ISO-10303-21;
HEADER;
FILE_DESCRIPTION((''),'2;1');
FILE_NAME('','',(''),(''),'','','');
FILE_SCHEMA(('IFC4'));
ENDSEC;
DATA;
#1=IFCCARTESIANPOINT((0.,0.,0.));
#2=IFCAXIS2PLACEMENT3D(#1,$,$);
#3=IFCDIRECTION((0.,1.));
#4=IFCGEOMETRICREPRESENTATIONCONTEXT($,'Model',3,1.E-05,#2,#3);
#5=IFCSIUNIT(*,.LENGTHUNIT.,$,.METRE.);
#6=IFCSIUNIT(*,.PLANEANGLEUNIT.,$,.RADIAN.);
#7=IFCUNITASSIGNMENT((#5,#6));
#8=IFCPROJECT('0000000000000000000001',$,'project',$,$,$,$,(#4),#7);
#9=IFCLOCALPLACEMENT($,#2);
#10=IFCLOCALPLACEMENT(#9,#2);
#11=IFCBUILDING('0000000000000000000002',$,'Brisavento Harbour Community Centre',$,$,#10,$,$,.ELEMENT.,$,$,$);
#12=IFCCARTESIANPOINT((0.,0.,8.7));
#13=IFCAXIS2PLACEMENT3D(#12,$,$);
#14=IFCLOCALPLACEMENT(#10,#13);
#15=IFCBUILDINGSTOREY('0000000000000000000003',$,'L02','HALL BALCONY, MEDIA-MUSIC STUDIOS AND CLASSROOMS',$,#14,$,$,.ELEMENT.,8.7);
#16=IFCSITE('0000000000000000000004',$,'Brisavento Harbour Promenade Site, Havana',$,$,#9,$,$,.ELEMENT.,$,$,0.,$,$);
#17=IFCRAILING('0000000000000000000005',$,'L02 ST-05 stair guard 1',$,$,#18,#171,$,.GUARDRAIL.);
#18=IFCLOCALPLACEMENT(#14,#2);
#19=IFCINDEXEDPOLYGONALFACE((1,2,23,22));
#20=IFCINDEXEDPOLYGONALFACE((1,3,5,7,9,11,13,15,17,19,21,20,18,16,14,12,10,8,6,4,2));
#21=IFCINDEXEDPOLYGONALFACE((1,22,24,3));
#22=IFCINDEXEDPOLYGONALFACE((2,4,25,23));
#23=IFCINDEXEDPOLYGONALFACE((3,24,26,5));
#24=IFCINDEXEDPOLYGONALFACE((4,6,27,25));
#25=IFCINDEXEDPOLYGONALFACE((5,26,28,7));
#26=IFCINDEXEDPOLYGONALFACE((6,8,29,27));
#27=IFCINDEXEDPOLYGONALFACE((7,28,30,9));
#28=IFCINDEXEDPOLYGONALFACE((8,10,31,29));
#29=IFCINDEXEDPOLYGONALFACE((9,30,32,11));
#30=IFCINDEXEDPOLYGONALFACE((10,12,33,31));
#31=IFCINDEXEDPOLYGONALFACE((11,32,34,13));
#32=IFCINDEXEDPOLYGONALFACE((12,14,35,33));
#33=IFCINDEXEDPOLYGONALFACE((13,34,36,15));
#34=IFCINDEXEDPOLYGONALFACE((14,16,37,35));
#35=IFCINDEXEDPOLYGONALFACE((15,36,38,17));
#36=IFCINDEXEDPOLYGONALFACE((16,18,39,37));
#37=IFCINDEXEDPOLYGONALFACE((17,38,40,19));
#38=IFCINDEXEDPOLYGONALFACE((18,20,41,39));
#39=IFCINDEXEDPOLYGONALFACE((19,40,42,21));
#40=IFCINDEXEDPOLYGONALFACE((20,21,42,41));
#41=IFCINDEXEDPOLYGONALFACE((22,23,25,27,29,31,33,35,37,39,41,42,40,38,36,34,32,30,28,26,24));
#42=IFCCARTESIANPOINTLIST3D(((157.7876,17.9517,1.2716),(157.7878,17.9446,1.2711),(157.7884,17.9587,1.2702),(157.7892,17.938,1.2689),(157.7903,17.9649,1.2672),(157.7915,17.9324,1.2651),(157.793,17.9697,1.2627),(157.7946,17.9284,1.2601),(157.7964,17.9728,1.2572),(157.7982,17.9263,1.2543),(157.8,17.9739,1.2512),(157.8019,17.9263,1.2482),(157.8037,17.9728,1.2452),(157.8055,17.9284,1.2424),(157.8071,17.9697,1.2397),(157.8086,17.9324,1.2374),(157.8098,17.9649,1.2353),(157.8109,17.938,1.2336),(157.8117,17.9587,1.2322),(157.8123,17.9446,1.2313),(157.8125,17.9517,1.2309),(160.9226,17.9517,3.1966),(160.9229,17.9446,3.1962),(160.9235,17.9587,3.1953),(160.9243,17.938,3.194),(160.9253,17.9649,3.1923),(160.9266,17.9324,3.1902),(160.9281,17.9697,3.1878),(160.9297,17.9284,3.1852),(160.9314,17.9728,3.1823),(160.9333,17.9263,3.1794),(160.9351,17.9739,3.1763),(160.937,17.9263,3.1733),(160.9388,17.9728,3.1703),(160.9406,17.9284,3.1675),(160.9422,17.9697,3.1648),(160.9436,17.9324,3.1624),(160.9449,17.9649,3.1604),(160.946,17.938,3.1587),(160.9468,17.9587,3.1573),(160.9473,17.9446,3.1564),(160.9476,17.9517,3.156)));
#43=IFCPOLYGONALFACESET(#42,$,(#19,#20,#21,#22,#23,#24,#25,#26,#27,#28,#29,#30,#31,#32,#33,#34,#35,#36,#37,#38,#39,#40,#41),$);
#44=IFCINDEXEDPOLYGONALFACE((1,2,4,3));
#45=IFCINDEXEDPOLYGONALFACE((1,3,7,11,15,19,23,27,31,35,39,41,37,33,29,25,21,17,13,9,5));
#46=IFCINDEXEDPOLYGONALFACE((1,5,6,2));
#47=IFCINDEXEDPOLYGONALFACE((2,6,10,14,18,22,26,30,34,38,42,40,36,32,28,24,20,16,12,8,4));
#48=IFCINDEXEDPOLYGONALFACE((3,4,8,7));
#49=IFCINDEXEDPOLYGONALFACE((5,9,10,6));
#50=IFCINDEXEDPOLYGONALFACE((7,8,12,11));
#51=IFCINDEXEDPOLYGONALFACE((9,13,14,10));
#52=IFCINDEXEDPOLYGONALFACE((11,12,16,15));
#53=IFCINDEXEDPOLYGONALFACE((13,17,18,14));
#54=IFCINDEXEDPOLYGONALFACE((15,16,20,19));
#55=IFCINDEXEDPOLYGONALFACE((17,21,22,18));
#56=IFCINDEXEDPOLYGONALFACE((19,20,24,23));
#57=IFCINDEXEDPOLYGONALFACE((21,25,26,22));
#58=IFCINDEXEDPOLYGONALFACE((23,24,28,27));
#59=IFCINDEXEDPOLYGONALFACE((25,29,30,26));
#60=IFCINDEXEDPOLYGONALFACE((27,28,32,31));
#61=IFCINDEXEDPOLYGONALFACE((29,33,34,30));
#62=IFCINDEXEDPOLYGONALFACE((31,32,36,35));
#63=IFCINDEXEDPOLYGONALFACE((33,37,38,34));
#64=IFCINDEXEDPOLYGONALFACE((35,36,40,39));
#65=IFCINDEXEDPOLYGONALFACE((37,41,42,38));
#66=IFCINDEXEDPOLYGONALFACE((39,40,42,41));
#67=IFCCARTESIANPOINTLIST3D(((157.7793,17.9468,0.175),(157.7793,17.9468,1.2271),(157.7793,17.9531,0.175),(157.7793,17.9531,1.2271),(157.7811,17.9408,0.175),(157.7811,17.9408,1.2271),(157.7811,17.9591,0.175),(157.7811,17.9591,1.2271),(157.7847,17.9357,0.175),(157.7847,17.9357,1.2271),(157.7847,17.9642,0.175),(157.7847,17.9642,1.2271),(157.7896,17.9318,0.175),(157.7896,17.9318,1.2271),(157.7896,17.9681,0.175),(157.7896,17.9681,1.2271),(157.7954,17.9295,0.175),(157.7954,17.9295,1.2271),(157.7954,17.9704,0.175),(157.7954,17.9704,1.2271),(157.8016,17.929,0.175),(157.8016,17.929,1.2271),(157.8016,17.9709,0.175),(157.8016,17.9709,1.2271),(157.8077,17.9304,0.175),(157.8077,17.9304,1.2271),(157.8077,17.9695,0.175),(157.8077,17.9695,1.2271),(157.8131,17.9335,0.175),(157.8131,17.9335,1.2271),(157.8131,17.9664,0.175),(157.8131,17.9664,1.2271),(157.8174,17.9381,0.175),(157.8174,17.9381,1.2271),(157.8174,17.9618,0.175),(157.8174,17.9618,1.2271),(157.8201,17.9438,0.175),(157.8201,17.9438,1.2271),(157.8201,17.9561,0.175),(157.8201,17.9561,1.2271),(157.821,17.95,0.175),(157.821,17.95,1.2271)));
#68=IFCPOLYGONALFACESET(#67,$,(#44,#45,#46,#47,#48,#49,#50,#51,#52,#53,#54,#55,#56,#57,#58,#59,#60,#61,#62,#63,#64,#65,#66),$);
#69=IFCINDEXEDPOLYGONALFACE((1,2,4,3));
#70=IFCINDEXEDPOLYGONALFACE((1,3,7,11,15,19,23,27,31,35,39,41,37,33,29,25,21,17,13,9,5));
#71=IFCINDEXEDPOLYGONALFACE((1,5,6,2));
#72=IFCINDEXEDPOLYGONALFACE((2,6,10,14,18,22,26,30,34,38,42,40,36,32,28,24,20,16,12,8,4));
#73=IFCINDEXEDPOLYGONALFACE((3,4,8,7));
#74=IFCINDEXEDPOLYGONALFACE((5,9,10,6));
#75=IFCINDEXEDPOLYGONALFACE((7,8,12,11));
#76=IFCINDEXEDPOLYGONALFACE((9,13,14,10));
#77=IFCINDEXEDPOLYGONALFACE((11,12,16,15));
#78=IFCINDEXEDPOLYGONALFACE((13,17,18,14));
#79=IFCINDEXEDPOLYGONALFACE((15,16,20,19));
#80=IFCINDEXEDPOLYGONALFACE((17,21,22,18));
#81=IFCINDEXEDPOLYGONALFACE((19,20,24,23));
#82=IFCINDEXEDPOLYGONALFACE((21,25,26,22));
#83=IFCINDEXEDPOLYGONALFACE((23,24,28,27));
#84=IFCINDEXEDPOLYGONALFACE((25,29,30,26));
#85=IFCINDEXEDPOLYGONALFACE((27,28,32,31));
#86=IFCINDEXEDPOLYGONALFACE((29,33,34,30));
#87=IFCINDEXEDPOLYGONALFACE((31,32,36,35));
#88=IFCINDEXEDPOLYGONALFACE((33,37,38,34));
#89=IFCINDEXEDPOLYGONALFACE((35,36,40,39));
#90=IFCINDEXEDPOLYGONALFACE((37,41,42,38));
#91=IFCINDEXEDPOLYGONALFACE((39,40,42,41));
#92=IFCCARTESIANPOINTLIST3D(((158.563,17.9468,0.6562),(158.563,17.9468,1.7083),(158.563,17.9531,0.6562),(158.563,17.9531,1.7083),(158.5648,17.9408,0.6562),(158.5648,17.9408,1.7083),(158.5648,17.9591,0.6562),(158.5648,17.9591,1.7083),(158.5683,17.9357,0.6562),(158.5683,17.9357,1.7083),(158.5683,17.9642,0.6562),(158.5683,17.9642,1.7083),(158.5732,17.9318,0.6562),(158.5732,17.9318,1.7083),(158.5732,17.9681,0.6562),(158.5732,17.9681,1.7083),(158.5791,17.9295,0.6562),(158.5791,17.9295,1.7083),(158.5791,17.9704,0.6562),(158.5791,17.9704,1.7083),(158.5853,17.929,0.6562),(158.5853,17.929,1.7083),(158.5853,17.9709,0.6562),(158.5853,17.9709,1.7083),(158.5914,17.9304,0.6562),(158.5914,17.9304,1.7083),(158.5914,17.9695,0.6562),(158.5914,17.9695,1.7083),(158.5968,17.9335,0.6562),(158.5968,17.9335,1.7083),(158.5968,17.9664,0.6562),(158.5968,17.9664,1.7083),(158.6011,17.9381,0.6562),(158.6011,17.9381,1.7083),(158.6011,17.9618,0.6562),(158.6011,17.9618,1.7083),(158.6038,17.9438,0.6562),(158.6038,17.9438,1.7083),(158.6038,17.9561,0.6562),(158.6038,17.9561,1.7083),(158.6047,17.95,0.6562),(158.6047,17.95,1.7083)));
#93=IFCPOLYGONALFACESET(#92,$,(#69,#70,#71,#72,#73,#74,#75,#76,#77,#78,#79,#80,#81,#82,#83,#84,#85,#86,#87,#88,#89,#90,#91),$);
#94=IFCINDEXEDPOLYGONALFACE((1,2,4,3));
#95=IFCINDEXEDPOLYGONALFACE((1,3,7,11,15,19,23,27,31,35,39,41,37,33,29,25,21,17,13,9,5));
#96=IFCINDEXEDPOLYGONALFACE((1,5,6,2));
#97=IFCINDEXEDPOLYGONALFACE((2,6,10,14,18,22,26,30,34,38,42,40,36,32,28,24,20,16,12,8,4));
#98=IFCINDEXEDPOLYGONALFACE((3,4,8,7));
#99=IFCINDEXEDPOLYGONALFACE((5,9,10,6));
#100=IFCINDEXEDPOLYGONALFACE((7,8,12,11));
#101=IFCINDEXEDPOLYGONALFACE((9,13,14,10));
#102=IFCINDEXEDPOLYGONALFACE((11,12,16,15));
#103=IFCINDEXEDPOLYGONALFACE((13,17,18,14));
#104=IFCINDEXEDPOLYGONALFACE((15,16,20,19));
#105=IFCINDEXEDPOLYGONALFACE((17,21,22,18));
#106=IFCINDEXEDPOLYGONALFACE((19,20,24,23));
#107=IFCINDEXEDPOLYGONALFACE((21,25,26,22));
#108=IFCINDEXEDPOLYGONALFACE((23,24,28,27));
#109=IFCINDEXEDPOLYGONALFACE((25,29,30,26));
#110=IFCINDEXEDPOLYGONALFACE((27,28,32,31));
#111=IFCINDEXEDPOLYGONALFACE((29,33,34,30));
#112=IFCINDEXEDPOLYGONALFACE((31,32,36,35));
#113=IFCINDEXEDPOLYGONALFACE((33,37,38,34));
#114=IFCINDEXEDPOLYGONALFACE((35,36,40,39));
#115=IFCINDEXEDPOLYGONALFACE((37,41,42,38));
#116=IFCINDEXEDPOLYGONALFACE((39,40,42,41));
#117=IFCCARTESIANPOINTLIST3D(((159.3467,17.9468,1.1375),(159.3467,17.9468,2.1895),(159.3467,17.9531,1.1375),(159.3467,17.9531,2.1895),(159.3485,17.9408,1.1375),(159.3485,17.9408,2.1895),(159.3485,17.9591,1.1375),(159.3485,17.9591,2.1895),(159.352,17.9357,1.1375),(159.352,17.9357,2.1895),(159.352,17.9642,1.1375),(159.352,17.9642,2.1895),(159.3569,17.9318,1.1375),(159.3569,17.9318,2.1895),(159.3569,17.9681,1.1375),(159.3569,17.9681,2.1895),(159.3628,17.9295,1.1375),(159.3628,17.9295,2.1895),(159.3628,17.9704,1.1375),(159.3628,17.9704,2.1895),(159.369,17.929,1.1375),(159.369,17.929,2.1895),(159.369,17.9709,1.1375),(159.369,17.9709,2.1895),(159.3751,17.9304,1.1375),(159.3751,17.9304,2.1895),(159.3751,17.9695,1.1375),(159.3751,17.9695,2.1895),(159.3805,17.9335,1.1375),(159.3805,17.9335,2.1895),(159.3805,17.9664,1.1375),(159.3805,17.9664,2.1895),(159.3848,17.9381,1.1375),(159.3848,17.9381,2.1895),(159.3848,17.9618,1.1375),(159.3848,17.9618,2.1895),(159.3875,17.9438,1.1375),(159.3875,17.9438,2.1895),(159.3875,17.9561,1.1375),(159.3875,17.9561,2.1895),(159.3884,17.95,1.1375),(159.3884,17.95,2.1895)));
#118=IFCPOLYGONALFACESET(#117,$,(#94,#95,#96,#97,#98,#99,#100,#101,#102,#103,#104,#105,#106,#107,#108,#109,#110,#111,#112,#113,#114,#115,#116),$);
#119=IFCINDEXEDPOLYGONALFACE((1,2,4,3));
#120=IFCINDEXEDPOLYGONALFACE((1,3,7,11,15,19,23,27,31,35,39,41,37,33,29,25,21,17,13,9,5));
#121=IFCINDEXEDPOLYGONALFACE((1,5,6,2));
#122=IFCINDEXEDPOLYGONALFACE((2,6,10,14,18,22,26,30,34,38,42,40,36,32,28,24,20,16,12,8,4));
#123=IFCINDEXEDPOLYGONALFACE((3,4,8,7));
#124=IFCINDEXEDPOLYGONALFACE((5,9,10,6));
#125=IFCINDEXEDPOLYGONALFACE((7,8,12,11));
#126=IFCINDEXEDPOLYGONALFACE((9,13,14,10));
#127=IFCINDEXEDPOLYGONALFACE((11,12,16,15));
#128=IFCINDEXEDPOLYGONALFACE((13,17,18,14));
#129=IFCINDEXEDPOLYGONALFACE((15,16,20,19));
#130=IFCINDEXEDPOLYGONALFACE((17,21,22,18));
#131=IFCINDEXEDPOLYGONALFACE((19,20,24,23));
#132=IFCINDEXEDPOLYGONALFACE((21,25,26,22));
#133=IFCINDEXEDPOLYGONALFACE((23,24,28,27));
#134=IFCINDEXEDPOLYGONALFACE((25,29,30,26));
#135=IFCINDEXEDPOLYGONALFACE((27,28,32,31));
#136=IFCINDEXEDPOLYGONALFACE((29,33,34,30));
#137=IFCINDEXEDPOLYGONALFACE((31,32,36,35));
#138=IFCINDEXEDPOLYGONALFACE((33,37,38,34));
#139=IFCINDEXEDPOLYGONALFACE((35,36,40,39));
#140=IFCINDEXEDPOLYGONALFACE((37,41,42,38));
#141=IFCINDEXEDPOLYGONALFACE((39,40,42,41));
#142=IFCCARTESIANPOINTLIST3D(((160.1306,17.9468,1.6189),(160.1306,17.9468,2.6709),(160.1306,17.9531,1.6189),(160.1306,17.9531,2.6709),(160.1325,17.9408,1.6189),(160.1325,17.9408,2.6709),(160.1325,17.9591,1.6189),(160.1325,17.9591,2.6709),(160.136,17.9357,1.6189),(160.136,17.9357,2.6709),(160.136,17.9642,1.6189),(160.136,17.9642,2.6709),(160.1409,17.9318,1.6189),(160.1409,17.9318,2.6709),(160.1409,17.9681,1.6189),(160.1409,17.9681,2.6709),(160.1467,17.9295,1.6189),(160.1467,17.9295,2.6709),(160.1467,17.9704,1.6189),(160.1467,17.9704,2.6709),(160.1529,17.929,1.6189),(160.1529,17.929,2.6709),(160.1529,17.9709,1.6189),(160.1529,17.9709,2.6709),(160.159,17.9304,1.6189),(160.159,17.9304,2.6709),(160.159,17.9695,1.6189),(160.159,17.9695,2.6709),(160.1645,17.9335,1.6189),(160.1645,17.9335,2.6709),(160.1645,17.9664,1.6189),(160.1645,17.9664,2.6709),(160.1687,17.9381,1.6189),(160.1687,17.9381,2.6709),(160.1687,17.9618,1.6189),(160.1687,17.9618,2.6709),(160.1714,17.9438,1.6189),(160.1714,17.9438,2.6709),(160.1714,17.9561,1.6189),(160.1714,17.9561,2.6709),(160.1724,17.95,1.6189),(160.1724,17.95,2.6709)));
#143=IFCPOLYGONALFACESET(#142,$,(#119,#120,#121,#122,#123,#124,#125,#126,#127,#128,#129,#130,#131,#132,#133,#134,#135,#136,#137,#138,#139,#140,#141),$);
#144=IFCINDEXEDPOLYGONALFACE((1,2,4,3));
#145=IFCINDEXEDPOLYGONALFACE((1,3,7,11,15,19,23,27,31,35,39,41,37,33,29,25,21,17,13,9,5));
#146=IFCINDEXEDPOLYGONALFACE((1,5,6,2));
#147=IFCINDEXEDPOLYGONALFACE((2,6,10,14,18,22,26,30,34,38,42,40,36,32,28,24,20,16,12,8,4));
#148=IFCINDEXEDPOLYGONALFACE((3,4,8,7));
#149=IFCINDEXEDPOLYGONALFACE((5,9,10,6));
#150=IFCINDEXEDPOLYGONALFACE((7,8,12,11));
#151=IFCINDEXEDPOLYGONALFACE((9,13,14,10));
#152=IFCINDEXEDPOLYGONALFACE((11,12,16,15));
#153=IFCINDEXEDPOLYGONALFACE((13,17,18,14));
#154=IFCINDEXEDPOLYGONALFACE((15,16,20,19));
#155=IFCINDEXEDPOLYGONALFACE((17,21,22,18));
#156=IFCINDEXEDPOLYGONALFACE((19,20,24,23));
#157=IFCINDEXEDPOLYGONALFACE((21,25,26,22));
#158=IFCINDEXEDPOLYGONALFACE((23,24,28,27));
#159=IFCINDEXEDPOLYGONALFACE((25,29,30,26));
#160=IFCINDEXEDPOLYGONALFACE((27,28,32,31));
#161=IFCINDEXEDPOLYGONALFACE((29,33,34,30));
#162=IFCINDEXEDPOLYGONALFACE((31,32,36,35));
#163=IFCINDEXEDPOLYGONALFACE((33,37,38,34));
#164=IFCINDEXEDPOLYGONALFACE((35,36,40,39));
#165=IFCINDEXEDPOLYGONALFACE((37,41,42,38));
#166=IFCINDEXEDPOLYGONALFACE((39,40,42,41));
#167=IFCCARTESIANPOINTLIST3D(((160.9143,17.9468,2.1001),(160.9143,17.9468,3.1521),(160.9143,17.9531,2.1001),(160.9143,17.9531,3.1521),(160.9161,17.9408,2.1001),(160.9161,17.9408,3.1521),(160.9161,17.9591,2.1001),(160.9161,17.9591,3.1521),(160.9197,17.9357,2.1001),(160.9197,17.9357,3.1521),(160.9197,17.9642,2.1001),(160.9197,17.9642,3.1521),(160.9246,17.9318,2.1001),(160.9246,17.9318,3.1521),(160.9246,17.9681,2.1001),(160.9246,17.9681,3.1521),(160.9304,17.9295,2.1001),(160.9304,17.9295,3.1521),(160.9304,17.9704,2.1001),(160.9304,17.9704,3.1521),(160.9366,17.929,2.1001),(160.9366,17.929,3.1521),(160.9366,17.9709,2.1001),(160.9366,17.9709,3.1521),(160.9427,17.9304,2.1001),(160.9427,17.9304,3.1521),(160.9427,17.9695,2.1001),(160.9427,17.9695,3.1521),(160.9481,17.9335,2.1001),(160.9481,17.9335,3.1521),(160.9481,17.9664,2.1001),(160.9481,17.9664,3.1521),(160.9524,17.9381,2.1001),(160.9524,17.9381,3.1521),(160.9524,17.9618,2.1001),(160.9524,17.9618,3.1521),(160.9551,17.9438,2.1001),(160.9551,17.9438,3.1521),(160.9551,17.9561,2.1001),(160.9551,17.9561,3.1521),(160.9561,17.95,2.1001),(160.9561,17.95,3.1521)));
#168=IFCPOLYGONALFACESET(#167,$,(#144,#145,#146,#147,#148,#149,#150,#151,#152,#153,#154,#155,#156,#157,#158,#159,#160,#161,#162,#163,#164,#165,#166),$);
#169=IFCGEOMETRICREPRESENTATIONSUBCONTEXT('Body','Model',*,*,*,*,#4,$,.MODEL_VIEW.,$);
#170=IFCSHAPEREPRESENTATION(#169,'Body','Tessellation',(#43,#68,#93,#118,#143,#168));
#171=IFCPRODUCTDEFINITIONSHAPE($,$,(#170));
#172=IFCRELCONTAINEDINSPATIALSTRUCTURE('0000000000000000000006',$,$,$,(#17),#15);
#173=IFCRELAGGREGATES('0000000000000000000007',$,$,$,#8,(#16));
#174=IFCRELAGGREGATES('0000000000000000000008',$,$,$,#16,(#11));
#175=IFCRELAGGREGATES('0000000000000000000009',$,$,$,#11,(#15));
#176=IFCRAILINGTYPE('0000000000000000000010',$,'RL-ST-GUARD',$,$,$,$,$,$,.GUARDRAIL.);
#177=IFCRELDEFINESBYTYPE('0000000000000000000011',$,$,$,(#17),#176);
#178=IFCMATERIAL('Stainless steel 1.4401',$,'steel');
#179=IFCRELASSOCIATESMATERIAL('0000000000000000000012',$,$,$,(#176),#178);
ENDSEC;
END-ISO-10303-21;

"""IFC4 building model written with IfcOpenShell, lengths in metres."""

from ifc_helpers import new_model, si_unit, direction, frame, origin, origin_2d, place, context, subcontext, project, spatial, circle, extrude, material, type_object, element, save


model = new_model("IFC4")

# Units and contexts
model_context = context("Model", 3, precision=1e-05, world=origin(), true_north=direction((0.0, 1.0)))
body_context = subcontext(model_context, "Body", "Model", "MODEL_VIEW")
ifc_project = project(units=[si_unit("LENGTHUNIT", "METRE"), si_unit("PLANEANGLEUNIT", "RADIAN")], contexts=[model_context])

# Site, building, storey
site_placement = place(None, origin())
site = spatial("IfcSite", under=ifc_project, at=site_placement, Name="Brisavento Harbour Promenade Site, Havana", CompositionType="ELEMENT", RefElevation=0.0)
building_placement = place(site_placement, origin())
building = spatial("IfcBuilding", under=site, at=building_placement, Name="Brisavento Harbour Community Centre", CompositionType="ELEMENT")
storey_placement = place(building_placement, frame((0.0, 0.0, 8.7)))
storey = spatial("IfcBuildingStorey", under=building, at=storey_placement, Name="L02", Description="HALL BALCONY, MEDIA-MUSIC STUDIOS AND CLASSROOMS", CompositionType="ELEMENT", Elevation=8.7)

# Railing
ifc_material_1 = material(Name="Stainless steel 1.4401", Category="steel")
railing_type_1 = type_object("IfcRailingType", Name="RL-ST-GUARD", PredefinedType="GUARDRAIL", material=ifc_material_1)
railing_1_placement = place(storey_placement, frame((157.8, 17.95, 0.175)))
element("IfcRailing", 1, at=railing_1_placement, inside=storey, type_object=railing_type_1, Name="L02 ST-05 stair guard 1", PredefinedType="GUARDRAIL", context=body_context, shape_type="SweptSolid", body=[
    extrude(circle(Radius=0.0239, at=origin_2d()), frame((0.0, 0.0, 1.0762), z_axis=(0.852166, 0.0, 0.523271), x_axis=(0.0, 1.0, 0.0)), (0.0, 0.0, 1.0), 3.679),
    extrude(circle(Radius=0.021, at=origin_2d()), origin(), (0.0, 0.0, 1.0), 1.052),
    extrude(circle(Radius=0.021, at=origin_2d()), frame((0.7837, 0.0, 0.4812)), (0.0, 0.0, 1.0), 1.052),
    extrude(circle(Radius=0.021, at=origin_2d()), frame((1.5674, 0.0, 0.9624)), (0.0, 0.0, 1.0), 1.052),
    extrude(circle(Radius=0.021, at=origin_2d()), frame((2.3513, 0.0, 1.4438)), (0.0, 0.0, 1.0), 1.052),
    extrude(circle(Radius=0.021, at=origin_2d()), frame((3.135, 0.0, 1.925)), (0.0, 0.0, 1.0), 1.052),
])

save(model, "model.ifc")
